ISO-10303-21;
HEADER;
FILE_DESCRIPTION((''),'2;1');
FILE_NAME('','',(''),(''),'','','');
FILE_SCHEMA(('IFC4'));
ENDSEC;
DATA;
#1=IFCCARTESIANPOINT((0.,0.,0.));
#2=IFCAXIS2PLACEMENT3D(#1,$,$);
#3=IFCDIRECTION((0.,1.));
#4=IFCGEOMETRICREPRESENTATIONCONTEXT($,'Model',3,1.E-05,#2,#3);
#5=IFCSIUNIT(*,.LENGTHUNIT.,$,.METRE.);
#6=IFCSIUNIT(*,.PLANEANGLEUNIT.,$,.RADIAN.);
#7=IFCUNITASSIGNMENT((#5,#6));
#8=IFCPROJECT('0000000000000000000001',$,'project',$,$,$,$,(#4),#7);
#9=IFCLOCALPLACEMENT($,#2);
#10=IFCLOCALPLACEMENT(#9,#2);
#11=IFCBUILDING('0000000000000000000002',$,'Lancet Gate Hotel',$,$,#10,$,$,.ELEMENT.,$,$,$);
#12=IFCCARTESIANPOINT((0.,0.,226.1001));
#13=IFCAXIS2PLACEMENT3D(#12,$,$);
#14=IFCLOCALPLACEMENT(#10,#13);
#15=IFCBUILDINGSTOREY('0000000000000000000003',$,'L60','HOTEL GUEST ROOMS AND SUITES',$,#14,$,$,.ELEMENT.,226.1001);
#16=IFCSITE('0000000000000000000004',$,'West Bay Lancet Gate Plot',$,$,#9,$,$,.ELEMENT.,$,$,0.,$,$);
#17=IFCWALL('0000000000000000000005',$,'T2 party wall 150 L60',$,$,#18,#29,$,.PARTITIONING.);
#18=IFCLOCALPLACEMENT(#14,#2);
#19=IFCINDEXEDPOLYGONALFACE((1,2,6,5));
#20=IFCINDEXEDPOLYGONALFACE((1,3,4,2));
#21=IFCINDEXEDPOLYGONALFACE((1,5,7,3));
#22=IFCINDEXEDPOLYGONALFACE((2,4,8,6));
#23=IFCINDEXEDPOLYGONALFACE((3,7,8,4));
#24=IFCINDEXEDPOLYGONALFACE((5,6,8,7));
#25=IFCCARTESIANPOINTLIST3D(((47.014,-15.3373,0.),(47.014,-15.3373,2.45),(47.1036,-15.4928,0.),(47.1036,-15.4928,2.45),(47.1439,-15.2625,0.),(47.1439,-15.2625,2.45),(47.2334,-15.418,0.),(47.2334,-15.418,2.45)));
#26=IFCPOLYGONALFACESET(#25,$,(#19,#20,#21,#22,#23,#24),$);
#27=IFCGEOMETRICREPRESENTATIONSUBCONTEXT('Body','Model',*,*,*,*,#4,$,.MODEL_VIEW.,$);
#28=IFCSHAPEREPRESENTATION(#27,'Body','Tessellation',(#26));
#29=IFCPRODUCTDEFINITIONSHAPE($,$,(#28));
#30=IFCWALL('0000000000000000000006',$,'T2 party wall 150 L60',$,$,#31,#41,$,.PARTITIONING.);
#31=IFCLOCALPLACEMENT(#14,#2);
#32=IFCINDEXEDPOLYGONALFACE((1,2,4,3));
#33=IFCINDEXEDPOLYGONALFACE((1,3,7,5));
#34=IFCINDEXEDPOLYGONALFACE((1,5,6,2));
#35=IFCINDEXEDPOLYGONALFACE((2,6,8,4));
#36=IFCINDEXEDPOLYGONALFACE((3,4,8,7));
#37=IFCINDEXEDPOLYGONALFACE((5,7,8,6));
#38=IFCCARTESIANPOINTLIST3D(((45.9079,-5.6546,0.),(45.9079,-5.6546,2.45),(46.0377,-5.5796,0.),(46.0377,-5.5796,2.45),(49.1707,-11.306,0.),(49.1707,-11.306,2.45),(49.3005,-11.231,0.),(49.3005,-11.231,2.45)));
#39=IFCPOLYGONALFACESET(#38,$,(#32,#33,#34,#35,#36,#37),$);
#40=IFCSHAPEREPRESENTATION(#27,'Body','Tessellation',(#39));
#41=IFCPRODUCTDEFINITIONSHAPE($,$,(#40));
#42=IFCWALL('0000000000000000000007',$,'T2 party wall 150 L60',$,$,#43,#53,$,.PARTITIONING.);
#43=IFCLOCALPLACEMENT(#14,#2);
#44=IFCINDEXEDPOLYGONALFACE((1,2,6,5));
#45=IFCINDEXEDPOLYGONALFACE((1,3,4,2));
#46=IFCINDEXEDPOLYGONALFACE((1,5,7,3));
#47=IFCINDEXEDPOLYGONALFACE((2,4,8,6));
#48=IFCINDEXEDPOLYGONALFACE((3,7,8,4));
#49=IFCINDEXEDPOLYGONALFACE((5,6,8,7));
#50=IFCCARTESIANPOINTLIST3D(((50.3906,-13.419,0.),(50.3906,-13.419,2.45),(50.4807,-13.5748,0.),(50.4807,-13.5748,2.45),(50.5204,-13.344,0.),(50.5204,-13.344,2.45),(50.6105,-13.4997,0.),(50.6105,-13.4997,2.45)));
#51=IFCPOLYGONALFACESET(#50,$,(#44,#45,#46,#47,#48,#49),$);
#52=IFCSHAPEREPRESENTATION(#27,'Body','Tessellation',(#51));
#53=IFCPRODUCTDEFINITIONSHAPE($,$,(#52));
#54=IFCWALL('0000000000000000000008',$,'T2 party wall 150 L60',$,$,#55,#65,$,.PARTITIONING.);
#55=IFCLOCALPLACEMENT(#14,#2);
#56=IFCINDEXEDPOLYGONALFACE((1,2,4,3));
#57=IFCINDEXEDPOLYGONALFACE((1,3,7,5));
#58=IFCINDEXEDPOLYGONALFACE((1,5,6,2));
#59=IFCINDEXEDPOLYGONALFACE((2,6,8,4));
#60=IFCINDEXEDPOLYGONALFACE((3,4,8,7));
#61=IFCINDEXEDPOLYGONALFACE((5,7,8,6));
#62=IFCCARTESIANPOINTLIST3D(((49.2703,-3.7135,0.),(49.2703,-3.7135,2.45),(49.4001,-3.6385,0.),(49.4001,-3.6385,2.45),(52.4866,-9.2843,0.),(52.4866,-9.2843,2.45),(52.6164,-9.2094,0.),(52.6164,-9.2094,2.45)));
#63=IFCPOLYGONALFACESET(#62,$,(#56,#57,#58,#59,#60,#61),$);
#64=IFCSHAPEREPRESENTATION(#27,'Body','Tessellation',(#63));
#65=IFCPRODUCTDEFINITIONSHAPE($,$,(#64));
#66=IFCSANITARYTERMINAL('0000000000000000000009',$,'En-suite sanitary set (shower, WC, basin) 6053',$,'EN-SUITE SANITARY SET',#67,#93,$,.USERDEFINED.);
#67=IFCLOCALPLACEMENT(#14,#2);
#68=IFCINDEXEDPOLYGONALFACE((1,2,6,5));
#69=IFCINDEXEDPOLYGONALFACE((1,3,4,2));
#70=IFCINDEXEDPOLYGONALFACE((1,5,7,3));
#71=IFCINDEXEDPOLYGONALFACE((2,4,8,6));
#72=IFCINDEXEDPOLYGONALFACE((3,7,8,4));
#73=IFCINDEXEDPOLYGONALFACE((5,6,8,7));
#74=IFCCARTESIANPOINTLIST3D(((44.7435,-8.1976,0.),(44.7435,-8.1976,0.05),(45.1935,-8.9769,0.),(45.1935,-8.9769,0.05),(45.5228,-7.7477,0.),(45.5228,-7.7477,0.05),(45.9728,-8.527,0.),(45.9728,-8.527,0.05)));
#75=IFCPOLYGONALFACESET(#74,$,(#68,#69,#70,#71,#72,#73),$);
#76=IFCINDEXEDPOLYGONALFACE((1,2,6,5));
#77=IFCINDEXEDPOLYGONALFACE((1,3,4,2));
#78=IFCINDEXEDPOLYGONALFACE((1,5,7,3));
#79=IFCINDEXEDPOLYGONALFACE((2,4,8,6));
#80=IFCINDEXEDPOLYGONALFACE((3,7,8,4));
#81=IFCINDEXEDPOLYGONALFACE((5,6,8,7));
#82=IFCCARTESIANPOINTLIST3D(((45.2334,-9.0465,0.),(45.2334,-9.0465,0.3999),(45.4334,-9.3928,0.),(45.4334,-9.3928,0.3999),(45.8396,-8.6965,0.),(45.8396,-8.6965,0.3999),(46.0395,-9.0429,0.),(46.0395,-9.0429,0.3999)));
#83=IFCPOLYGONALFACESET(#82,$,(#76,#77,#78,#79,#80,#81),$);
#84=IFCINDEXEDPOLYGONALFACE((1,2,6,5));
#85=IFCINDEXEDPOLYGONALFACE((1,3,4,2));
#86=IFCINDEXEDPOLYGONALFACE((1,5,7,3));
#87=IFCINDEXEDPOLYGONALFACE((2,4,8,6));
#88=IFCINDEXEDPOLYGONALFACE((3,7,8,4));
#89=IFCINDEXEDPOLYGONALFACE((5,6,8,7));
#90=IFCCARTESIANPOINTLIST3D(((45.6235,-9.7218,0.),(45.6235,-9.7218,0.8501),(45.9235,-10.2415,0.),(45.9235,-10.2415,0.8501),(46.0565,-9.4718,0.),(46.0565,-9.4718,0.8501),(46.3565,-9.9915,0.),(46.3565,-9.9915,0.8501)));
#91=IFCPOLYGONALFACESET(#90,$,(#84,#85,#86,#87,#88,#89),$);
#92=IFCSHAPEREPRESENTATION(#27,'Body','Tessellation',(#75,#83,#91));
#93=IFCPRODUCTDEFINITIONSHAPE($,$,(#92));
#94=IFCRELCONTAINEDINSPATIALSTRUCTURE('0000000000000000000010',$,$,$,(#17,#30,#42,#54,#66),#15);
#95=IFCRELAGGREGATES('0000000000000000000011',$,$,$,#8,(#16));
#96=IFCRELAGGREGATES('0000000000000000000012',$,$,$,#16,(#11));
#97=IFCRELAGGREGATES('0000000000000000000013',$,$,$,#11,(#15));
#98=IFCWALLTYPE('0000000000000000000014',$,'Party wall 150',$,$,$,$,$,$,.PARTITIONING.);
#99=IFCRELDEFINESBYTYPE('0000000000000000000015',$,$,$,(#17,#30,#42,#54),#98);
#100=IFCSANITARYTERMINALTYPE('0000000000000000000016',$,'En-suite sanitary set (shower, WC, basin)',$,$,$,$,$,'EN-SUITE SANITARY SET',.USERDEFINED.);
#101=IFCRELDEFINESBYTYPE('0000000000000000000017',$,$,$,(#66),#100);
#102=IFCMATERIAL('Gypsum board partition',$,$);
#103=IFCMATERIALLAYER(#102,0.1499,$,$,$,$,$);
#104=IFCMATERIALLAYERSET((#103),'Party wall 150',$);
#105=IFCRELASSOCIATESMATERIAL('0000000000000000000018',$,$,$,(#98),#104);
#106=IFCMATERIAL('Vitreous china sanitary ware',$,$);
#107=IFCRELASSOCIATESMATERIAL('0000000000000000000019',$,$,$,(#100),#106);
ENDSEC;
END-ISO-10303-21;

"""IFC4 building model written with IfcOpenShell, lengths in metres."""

from ifc_helpers import new_model, si_unit, direction, frame, frame_2d, origin, origin_2d, place, context, subcontext, project, spatial, rectangle, extrude, material, layer, layer_set, type_object, element, save


model = new_model("IFC4")

# Units and contexts
model_context = context("Model", 3, precision=1e-05, world=origin(), true_north=direction((0.0, 1.0)))
body_context = subcontext(model_context, "Body", "Model", "MODEL_VIEW")
ifc_project = project(units=[si_unit("LENGTHUNIT", "METRE"), si_unit("PLANEANGLEUNIT", "RADIAN")], contexts=[model_context])

# Site, building, storey
site_placement = place(None, origin())
site = spatial("IfcSite", under=ifc_project, at=site_placement, Name="West Bay Lancet Gate Plot", CompositionType="ELEMENT", RefElevation=0.0)
building_placement = place(site_placement, origin())
building = spatial("IfcBuilding", under=site, at=building_placement, Name="Lancet Gate Hotel", CompositionType="ELEMENT")
storey_placement = place(building_placement, frame((0.0, 0.0, 226.1001)))
storey = spatial("IfcBuildingStorey", under=building, at=storey_placement, Name="L60", Description="HOTEL GUEST ROOMS AND SUITES", CompositionType="ELEMENT", Elevation=226.1001)

# Walls
ifc_material_1 = material(Name="Gypsum board partition")
ifc_layer_1 = layer(ifc_material_1, 0.1499)
ifc_layer_set_1 = layer_set([ifc_layer_1], Name="Party wall 150")
wall_type_1 = type_object("IfcWallType", Name="Party wall 150", PredefinedType="PARTITIONING", material=ifc_layer_set_1)
wall_1_placement = place(storey_placement, frame((47.0789, -15.2998, 0.0), z_axis=(0.0, 0.0, 1.0), x_axis=(0.499212, -0.86648, 0.0)))
element("IfcWall", 1, at=wall_1_placement, inside=storey, type_object=wall_type_1, Name="T2 party wall 150 L60", PredefinedType="PARTITIONING", context=body_context, shape_type="SweptSolid", body=[
    extrude(rectangle(XDim=0.1794, YDim=0.1499, at=frame_2d((0.0898, 0.0))), origin(), (0.0, 0.0, 1.0), 2.45),
])
wall_2_placement = place(storey_placement, frame((45.9729, -5.6172, 0.0), z_axis=(0.0, 0.0, 1.0), x_axis=(0.499986, -0.866034, 0.0)))
element("IfcWall", 2, at=wall_2_placement, inside=storey, type_object=wall_type_1, Name="T2 party wall 150 L60", PredefinedType="PARTITIONING", context=body_context, shape_type="SweptSolid", body=[
    extrude(rectangle(XDim=6.5256, YDim=0.1499, at=frame_2d((3.2627, 0.0))), origin(), (0.0, 0.0, 1.0), 2.45),
])
wall_3_placement = place(storey_placement, frame((50.4556, -13.3816, 0.0), z_axis=(0.0, 0.0, 1.0), x_axis=(0.500662, -0.865643, 0.0)))
element("IfcWall", 3, at=wall_3_placement, inside=storey, type_object=wall_type_1, Name="T2 party wall 150 L60", PredefinedType="PARTITIONING", context=body_context, shape_type="SweptSolid", body=[
    extrude(rectangle(XDim=0.1799, YDim=0.1499, at=frame_2d((0.0898, 0.0))), origin(), (0.0, 0.0, 1.0), 2.45),
])
wall_4_placement = place(storey_placement, frame((49.3352, -3.676, 0.0), z_axis=(0.0, 0.0, 1.0), x_axis=(0.500001, -0.866025, 0.0)))
element("IfcWall", 4, at=wall_4_placement, inside=storey, type_object=wall_type_1, Name="T2 party wall 150 L60", PredefinedType="PARTITIONING", context=body_context, shape_type="SweptSolid", body=[
    extrude(rectangle(XDim=6.4326, YDim=0.1499, at=frame_2d((3.2163, 0.0))), origin(), (0.0, 0.0, 1.0), 2.45),
])

# Sanitary terminal
ifc_material_2 = material(Name="Vitreous china sanitary ware")
sanitary_terminal_type = type_object("IfcSanitaryTerminalType", Name="En-suite sanitary set (shower, WC, basin)", ElementType="EN-SUITE SANITARY SET", PredefinedType="USERDEFINED", material=ifc_material_2)
sanitary_terminal_placement = place(storey_placement, frame((45.3582, -8.3623, 0.0), z_axis=(0.0, 0.0, 1.0), x_axis=(1.0, 0.0, 0.0)))
element("IfcSanitaryTerminal", 5, at=sanitary_terminal_placement, inside=storey, type_object=sanitary_terminal_type, Name="En-suite sanitary set (shower, WC, basin) 6053", ObjectType="EN-SUITE SANITARY SET", PredefinedType="USERDEFINED", context=body_context, shape_type="SweptSolid", body=[
    extrude(rectangle(XDim=0.8999, YDim=0.8999, at=origin_2d()), frame((0.0, 0.0, 0.0), z_axis=(0.0, 0.0, 1.0), x_axis=(-0.5, 0.866025, 0.0)), (0.0, 0.0, 1.0), 0.05),
    extrude(rectangle(XDim=0.3999, YDim=0.7, at=origin_2d()), frame((0.2783, -0.6824, 0.0), z_axis=(0.0, 0.0, 1.0), x_axis=(-0.5, 0.866025, 0.0)), (0.0, 0.0, 1.0), 0.3999),
    extrude(rectangle(XDim=0.6001, YDim=0.5, at=origin_2d()), frame((0.6318, -1.4944, 0.0), z_axis=(0.0, 0.0, 1.0), x_axis=(-0.5, 0.866025, 0.0)), (0.0, 0.0, 1.0), 0.8501),
])

save(model, "model.ifc")
